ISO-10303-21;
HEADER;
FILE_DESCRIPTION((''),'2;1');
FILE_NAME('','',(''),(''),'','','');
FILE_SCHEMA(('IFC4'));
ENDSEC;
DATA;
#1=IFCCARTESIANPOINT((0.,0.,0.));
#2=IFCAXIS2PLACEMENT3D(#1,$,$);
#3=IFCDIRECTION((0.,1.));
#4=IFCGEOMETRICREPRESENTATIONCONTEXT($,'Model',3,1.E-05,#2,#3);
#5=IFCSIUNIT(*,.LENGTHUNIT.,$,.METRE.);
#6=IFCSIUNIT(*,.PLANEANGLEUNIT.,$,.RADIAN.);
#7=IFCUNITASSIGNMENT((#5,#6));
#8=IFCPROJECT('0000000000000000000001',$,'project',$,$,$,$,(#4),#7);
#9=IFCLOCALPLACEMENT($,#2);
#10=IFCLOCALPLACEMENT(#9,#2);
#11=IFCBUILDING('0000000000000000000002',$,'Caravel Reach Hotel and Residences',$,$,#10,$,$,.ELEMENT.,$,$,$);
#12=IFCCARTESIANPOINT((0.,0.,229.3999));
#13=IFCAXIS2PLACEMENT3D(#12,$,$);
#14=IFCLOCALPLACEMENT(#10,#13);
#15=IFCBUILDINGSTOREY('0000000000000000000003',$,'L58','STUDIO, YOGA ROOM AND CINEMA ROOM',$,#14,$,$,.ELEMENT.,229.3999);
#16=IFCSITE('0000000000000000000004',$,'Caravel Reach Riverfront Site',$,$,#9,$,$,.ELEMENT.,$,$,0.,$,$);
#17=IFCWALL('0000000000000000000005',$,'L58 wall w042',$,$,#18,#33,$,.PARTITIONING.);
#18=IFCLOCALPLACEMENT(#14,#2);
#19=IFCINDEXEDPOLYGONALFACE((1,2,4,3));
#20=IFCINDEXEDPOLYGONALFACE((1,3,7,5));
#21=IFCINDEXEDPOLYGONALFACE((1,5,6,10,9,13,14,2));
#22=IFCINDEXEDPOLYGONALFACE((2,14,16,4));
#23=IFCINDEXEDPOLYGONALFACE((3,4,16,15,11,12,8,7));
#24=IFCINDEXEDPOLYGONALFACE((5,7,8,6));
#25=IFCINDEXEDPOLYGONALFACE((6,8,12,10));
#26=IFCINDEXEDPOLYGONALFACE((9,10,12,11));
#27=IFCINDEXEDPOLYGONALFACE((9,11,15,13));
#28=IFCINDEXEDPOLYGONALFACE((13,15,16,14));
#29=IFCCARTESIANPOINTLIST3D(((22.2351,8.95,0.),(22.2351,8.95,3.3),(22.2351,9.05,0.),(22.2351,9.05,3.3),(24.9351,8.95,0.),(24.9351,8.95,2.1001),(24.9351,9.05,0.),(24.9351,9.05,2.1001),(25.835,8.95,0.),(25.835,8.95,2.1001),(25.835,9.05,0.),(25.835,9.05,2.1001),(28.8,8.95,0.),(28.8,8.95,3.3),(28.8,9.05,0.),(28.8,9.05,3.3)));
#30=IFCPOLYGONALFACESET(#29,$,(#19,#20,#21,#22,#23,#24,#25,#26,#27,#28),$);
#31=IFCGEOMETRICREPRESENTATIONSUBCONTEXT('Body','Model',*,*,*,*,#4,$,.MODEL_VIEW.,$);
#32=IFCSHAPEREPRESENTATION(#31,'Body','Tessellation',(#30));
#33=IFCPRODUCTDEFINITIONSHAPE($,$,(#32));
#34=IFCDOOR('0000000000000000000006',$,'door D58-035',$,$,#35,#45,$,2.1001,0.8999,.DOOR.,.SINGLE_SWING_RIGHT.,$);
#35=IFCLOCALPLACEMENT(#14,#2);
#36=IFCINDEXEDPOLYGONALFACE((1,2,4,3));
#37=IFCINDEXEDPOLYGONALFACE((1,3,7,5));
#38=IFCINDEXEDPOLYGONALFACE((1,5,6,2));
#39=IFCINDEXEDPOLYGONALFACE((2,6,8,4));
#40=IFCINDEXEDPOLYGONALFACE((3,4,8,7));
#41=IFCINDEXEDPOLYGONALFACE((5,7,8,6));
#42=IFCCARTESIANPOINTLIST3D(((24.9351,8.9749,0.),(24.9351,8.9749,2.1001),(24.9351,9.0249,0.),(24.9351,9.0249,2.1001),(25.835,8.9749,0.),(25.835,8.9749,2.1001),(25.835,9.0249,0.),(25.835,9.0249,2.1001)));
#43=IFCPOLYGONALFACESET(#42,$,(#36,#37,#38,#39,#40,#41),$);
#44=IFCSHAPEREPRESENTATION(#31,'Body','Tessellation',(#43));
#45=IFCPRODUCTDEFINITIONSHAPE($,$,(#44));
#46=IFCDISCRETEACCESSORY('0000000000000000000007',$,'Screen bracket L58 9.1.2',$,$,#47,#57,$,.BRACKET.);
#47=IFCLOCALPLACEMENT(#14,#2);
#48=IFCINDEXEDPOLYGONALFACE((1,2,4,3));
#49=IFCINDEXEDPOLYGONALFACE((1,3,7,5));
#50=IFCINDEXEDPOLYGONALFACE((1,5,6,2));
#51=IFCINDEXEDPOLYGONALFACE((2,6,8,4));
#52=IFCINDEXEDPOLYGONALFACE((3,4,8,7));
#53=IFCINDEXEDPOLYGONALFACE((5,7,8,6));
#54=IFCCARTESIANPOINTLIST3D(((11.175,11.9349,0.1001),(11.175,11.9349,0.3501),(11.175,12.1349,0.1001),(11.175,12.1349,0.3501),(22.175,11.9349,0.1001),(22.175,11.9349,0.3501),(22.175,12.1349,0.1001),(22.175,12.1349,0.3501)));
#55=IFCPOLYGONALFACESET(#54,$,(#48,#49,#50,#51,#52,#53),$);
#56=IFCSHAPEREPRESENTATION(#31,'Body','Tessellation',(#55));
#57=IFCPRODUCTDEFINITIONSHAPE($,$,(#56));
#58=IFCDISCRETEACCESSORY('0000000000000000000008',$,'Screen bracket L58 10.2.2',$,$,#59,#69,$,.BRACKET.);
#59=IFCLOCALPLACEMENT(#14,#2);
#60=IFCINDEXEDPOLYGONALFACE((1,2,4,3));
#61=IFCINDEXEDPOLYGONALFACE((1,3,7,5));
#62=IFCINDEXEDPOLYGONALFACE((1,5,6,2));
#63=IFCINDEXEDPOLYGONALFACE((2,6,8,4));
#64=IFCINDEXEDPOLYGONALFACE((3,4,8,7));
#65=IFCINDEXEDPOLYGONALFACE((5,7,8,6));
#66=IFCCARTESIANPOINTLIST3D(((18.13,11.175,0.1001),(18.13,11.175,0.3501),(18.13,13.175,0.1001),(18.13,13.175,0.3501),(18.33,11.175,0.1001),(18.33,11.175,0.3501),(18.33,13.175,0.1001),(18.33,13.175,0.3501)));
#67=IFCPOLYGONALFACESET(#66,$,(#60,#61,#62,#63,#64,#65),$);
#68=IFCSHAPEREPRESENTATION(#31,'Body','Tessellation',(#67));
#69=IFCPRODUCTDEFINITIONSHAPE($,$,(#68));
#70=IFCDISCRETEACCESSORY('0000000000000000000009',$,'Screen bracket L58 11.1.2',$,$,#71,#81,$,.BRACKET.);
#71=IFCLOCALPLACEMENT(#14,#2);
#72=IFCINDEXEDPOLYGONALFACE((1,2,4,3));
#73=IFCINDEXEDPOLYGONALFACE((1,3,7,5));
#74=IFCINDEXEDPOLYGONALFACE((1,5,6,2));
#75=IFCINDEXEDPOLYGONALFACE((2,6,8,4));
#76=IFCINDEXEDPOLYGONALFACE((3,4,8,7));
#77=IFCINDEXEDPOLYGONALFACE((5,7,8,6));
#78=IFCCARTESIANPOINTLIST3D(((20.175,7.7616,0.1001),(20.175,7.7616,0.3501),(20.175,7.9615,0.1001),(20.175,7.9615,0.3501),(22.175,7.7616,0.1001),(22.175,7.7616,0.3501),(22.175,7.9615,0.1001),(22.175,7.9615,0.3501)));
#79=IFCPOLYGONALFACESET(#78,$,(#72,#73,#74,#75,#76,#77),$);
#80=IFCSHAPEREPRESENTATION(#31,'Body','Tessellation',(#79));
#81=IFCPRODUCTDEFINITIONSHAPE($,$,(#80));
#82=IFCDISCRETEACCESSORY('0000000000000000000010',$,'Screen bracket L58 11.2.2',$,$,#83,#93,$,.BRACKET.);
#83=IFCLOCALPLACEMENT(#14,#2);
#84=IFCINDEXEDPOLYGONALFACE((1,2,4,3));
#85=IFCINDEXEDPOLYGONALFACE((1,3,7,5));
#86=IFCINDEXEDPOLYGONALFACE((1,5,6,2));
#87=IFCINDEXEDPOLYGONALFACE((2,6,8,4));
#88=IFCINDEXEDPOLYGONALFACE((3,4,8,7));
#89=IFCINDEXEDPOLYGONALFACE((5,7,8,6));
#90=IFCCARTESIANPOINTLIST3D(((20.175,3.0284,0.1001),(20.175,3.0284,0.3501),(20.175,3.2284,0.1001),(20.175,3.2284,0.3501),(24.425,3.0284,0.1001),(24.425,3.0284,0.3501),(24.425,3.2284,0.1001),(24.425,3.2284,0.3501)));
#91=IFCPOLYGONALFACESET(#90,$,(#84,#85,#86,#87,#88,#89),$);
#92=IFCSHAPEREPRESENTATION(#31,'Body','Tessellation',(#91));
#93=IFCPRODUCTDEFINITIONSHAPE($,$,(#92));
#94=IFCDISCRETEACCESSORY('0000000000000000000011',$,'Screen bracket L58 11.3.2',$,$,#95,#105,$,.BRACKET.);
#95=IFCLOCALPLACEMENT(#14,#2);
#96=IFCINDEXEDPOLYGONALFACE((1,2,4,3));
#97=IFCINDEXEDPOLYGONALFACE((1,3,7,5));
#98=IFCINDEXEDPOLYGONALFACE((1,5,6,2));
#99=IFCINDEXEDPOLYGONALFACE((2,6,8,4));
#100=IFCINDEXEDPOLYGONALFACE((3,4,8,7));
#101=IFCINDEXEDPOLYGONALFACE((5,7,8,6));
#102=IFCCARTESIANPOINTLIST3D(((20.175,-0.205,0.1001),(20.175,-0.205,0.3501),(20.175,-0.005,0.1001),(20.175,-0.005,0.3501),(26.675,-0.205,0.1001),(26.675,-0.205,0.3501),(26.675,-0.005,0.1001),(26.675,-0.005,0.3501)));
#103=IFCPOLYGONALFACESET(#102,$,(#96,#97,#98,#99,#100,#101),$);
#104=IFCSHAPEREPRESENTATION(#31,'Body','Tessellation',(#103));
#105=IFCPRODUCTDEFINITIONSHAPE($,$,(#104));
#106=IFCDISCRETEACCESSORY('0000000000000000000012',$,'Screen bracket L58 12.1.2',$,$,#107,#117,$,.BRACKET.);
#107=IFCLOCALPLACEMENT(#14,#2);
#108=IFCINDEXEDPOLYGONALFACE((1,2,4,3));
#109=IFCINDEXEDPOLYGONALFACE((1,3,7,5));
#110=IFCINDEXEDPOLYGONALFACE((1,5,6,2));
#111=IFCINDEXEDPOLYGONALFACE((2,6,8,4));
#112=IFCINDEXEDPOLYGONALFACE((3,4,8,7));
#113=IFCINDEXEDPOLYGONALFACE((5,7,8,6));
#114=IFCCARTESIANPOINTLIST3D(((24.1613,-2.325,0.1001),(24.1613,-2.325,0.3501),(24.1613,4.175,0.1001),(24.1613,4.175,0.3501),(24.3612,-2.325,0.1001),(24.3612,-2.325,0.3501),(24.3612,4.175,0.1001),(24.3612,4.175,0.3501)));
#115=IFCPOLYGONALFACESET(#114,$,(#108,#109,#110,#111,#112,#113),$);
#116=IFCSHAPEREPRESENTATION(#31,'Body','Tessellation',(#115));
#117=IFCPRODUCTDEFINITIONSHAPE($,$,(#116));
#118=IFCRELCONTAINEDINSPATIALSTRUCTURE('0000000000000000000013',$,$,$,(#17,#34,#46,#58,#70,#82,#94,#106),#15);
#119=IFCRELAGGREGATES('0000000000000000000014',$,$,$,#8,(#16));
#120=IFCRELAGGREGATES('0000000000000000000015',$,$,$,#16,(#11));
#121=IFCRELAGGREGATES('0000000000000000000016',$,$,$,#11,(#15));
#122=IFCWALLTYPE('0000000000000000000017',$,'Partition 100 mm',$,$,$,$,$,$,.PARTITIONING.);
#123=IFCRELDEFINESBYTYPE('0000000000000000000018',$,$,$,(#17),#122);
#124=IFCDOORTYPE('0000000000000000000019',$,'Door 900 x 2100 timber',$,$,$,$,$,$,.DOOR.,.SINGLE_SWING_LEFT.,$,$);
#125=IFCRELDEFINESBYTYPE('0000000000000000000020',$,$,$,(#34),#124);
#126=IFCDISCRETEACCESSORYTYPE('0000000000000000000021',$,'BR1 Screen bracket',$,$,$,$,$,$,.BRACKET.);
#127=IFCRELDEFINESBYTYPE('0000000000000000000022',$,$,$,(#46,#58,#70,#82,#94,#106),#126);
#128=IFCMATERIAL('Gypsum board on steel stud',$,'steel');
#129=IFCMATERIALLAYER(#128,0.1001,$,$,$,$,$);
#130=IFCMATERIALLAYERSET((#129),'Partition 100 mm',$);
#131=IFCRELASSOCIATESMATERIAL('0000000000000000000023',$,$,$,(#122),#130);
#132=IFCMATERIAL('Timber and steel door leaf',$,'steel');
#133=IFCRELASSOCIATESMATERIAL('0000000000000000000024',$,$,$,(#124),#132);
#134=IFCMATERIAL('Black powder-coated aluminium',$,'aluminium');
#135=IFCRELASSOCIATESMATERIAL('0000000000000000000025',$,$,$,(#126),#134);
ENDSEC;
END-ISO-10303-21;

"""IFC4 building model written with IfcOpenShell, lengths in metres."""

from ifc_helpers import new_model, si_unit, direction, frame, frame_2d, origin, origin_2d, place, context, subcontext, project, spatial, rectangle, extrude, material, layer, layer_set, type_object, element, fill, save


model = new_model("IFC4")

# Units and contexts
model_context = context("Model", 3, precision=1e-05, world=origin(), true_north=direction((0.0, 1.0)))
body_context = subcontext(model_context, "Body", "Model", "MODEL_VIEW")
ifc_project = project(units=[si_unit("LENGTHUNIT", "METRE"), si_unit("PLANEANGLEUNIT", "RADIAN")], contexts=[model_context])

# Site, building, storey
site_placement = place(None, origin())
site = spatial("IfcSite", under=ifc_project, at=site_placement, Name="Caravel Reach Riverfront Site", CompositionType="ELEMENT", RefElevation=0.0)
building_placement = place(site_placement, origin())
building = spatial("IfcBuilding", under=site, at=building_placement, Name="Caravel Reach Hotel and Residences", CompositionType="ELEMENT")
storey_placement = place(building_placement, frame((0.0, 0.0, 229.3999)))
storey = spatial("IfcBuildingStorey", under=building, at=storey_placement, Name="L58", Description="STUDIO, YOGA ROOM AND CINEMA ROOM", CompositionType="ELEMENT", Elevation=229.3999)

# Shared definitions
ifc_material_1 = material(Name="Gypsum board on steel stud", Category="steel")
ifc_layer_1 = layer(ifc_material_1, 0.1001)
ifc_layer_set_1 = layer_set([ifc_layer_1], Name="Partition 100 mm")
wall_type_1 = type_object("IfcWallType", Name="Partition 100 mm", PredefinedType="PARTITIONING", material=ifc_layer_set_1)

# Wall, opening, door
wall_1_placement = place(storey_placement, frame((22.2351, 9.0, 0.0), z_axis=(0.0, 0.0, 1.0), x_axis=(1.0, 0.0, 0.0)))
wall_1 = element("IfcWall", 1, at=wall_1_placement, inside=storey, type_object=wall_type_1, Name="L58 wall w042", PredefinedType="PARTITIONING", context=body_context, shape_type="SweptSolid", body=[
    extrude(rectangle(XDim=6.5649, YDim=0.1001, at=frame_2d((3.2825, 0.0))), origin(), (0.0, 0.0, 1.0), 3.3),
])
opening_1_placement = place(wall_1_placement, frame((2.7, 0.0, 0.0)))
opening_1 = element("IfcOpeningElement", 2, at=opening_1_placement, cuts=wall_1, PredefinedType="OPENING", context=body_context, shape_type="SweptSolid", body=[
    extrude(rectangle(XDim=0.8999, YDim=2.1001, at=frame_2d((0.45, 1.05))), frame((0.0, 0.0601, 0.0), z_axis=(0.0, -1.0, 0.0), x_axis=(1.0, 0.0, 0.0)), (0.0, 0.0, 1.0), 0.1201),
])
ifc_material_2 = material(Name="Timber and steel door leaf", Category="steel")
door_type = type_object("IfcDoorType", Name="Door 900 x 2100 timber", OperationType="SINGLE_SWING_LEFT", PredefinedType="DOOR", material=ifc_material_2)
door_placement = place(opening_1_placement, origin())
door = element("IfcDoor", 3, at=door_placement, inside=storey, type_object=door_type, Name="door D58-035", OperationType="SINGLE_SWING_RIGHT", OverallHeight=2.1001, OverallWidth=0.8999, PredefinedType="DOOR", context=body_context, shape_type="SweptSolid", body=[
    extrude(rectangle(XDim=0.8999, YDim=2.1001, at=frame_2d((0.45, 1.05))), frame((0.0, 0.0249, 0.0), z_axis=(0.0, -1.0, 0.0), x_axis=(1.0, 0.0, 0.0)), (0.0, 0.0, 1.0), 0.05),
])
fill(opening_1, door)

# Discrete accessories
ifc_material_3 = material(Name="Black powder-coated aluminium", Category="aluminium")
discrete_accessory_type = type_object("IfcDiscreteAccessoryType", Name="BR1 Screen bracket", PredefinedType="BRACKET", material=ifc_material_3)
discrete_accessory_1_placement = place(storey_placement, frame((16.675, 12.0349, 0.1001), z_axis=(0.0, 0.0, 1.0), x_axis=(-1.0, 0.0, 0.0)))
element("IfcDiscreteAccessory", 4, at=discrete_accessory_1_placement, inside=storey, type_object=discrete_accessory_type, Name="Screen bracket L58 9.1.2", PredefinedType="BRACKET", context=body_context, shape_type="SweptSolid", body=[
    extrude(rectangle(XDim=11.0, YDim=0.2, at=origin_2d()), origin(), (0.0, 0.0, 1.0), 0.25),
])
for number, where, z_axis, x_axis, name in (
    (5, (18.23, 12.175, 0.1001), (0.0, 0.0, 1.0), (0.0, -1.0, 0.0), "Screen bracket L58 10.2.2"),
    (6, (21.175, 7.8616, 0.1001), (0.0, 0.0, 1.0), (-1.0, 0.0, 0.0), "Screen bracket L58 11.1.2"),
):
    element("IfcDiscreteAccessory", number, at=place(storey_placement, frame(where, z_axis=z_axis, x_axis=x_axis)), inside=storey, type_object=discrete_accessory_type, Name=name, PredefinedType="BRACKET", context=body_context, shape_type="SweptSolid", body=[
        extrude(rectangle(XDim=2.0, YDim=0.2, at=origin_2d()), origin(), (0.0, 0.0, 1.0), 0.25),
    ])
discrete_accessory_2_placement = place(storey_placement, frame((22.3, 3.1284, 0.1001), z_axis=(0.0, 0.0, 1.0), x_axis=(-1.0, 0.0, 0.0)))
element("IfcDiscreteAccessory", 7, at=discrete_accessory_2_placement, inside=storey, type_object=discrete_accessory_type, Name="Screen bracket L58 11.2.2", PredefinedType="BRACKET", context=body_context, shape_type="SweptSolid", body=[
    extrude(rectangle(XDim=4.25, YDim=0.2, at=origin_2d()), origin(), (0.0, 0.0, 1.0), 0.25),
])
for number, where, z_axis, x_axis, name in (
    (8, (23.425, -0.105, 0.1001), (0.0, 0.0, 1.0), (-1.0, 0.0, 0.0), "Screen bracket L58 11.3.2"),
    (9, (24.2612, 0.925, 0.1001), (0.0, 0.0, 1.0), (0.0, -1.0, 0.0), "Screen bracket L58 12.1.2"),
):
    element("IfcDiscreteAccessory", number, at=place(storey_placement, frame(where, z_axis=z_axis, x_axis=x_axis)), inside=storey, type_object=discrete_accessory_type, Name=name, PredefinedType="BRACKET", context=body_context, shape_type="SweptSolid", body=[
        extrude(rectangle(XDim=6.5, YDim=0.2, at=origin_2d()), origin(), (0.0, 0.0, 1.0), 0.25),
    ])

save(model, "model.ifc")
